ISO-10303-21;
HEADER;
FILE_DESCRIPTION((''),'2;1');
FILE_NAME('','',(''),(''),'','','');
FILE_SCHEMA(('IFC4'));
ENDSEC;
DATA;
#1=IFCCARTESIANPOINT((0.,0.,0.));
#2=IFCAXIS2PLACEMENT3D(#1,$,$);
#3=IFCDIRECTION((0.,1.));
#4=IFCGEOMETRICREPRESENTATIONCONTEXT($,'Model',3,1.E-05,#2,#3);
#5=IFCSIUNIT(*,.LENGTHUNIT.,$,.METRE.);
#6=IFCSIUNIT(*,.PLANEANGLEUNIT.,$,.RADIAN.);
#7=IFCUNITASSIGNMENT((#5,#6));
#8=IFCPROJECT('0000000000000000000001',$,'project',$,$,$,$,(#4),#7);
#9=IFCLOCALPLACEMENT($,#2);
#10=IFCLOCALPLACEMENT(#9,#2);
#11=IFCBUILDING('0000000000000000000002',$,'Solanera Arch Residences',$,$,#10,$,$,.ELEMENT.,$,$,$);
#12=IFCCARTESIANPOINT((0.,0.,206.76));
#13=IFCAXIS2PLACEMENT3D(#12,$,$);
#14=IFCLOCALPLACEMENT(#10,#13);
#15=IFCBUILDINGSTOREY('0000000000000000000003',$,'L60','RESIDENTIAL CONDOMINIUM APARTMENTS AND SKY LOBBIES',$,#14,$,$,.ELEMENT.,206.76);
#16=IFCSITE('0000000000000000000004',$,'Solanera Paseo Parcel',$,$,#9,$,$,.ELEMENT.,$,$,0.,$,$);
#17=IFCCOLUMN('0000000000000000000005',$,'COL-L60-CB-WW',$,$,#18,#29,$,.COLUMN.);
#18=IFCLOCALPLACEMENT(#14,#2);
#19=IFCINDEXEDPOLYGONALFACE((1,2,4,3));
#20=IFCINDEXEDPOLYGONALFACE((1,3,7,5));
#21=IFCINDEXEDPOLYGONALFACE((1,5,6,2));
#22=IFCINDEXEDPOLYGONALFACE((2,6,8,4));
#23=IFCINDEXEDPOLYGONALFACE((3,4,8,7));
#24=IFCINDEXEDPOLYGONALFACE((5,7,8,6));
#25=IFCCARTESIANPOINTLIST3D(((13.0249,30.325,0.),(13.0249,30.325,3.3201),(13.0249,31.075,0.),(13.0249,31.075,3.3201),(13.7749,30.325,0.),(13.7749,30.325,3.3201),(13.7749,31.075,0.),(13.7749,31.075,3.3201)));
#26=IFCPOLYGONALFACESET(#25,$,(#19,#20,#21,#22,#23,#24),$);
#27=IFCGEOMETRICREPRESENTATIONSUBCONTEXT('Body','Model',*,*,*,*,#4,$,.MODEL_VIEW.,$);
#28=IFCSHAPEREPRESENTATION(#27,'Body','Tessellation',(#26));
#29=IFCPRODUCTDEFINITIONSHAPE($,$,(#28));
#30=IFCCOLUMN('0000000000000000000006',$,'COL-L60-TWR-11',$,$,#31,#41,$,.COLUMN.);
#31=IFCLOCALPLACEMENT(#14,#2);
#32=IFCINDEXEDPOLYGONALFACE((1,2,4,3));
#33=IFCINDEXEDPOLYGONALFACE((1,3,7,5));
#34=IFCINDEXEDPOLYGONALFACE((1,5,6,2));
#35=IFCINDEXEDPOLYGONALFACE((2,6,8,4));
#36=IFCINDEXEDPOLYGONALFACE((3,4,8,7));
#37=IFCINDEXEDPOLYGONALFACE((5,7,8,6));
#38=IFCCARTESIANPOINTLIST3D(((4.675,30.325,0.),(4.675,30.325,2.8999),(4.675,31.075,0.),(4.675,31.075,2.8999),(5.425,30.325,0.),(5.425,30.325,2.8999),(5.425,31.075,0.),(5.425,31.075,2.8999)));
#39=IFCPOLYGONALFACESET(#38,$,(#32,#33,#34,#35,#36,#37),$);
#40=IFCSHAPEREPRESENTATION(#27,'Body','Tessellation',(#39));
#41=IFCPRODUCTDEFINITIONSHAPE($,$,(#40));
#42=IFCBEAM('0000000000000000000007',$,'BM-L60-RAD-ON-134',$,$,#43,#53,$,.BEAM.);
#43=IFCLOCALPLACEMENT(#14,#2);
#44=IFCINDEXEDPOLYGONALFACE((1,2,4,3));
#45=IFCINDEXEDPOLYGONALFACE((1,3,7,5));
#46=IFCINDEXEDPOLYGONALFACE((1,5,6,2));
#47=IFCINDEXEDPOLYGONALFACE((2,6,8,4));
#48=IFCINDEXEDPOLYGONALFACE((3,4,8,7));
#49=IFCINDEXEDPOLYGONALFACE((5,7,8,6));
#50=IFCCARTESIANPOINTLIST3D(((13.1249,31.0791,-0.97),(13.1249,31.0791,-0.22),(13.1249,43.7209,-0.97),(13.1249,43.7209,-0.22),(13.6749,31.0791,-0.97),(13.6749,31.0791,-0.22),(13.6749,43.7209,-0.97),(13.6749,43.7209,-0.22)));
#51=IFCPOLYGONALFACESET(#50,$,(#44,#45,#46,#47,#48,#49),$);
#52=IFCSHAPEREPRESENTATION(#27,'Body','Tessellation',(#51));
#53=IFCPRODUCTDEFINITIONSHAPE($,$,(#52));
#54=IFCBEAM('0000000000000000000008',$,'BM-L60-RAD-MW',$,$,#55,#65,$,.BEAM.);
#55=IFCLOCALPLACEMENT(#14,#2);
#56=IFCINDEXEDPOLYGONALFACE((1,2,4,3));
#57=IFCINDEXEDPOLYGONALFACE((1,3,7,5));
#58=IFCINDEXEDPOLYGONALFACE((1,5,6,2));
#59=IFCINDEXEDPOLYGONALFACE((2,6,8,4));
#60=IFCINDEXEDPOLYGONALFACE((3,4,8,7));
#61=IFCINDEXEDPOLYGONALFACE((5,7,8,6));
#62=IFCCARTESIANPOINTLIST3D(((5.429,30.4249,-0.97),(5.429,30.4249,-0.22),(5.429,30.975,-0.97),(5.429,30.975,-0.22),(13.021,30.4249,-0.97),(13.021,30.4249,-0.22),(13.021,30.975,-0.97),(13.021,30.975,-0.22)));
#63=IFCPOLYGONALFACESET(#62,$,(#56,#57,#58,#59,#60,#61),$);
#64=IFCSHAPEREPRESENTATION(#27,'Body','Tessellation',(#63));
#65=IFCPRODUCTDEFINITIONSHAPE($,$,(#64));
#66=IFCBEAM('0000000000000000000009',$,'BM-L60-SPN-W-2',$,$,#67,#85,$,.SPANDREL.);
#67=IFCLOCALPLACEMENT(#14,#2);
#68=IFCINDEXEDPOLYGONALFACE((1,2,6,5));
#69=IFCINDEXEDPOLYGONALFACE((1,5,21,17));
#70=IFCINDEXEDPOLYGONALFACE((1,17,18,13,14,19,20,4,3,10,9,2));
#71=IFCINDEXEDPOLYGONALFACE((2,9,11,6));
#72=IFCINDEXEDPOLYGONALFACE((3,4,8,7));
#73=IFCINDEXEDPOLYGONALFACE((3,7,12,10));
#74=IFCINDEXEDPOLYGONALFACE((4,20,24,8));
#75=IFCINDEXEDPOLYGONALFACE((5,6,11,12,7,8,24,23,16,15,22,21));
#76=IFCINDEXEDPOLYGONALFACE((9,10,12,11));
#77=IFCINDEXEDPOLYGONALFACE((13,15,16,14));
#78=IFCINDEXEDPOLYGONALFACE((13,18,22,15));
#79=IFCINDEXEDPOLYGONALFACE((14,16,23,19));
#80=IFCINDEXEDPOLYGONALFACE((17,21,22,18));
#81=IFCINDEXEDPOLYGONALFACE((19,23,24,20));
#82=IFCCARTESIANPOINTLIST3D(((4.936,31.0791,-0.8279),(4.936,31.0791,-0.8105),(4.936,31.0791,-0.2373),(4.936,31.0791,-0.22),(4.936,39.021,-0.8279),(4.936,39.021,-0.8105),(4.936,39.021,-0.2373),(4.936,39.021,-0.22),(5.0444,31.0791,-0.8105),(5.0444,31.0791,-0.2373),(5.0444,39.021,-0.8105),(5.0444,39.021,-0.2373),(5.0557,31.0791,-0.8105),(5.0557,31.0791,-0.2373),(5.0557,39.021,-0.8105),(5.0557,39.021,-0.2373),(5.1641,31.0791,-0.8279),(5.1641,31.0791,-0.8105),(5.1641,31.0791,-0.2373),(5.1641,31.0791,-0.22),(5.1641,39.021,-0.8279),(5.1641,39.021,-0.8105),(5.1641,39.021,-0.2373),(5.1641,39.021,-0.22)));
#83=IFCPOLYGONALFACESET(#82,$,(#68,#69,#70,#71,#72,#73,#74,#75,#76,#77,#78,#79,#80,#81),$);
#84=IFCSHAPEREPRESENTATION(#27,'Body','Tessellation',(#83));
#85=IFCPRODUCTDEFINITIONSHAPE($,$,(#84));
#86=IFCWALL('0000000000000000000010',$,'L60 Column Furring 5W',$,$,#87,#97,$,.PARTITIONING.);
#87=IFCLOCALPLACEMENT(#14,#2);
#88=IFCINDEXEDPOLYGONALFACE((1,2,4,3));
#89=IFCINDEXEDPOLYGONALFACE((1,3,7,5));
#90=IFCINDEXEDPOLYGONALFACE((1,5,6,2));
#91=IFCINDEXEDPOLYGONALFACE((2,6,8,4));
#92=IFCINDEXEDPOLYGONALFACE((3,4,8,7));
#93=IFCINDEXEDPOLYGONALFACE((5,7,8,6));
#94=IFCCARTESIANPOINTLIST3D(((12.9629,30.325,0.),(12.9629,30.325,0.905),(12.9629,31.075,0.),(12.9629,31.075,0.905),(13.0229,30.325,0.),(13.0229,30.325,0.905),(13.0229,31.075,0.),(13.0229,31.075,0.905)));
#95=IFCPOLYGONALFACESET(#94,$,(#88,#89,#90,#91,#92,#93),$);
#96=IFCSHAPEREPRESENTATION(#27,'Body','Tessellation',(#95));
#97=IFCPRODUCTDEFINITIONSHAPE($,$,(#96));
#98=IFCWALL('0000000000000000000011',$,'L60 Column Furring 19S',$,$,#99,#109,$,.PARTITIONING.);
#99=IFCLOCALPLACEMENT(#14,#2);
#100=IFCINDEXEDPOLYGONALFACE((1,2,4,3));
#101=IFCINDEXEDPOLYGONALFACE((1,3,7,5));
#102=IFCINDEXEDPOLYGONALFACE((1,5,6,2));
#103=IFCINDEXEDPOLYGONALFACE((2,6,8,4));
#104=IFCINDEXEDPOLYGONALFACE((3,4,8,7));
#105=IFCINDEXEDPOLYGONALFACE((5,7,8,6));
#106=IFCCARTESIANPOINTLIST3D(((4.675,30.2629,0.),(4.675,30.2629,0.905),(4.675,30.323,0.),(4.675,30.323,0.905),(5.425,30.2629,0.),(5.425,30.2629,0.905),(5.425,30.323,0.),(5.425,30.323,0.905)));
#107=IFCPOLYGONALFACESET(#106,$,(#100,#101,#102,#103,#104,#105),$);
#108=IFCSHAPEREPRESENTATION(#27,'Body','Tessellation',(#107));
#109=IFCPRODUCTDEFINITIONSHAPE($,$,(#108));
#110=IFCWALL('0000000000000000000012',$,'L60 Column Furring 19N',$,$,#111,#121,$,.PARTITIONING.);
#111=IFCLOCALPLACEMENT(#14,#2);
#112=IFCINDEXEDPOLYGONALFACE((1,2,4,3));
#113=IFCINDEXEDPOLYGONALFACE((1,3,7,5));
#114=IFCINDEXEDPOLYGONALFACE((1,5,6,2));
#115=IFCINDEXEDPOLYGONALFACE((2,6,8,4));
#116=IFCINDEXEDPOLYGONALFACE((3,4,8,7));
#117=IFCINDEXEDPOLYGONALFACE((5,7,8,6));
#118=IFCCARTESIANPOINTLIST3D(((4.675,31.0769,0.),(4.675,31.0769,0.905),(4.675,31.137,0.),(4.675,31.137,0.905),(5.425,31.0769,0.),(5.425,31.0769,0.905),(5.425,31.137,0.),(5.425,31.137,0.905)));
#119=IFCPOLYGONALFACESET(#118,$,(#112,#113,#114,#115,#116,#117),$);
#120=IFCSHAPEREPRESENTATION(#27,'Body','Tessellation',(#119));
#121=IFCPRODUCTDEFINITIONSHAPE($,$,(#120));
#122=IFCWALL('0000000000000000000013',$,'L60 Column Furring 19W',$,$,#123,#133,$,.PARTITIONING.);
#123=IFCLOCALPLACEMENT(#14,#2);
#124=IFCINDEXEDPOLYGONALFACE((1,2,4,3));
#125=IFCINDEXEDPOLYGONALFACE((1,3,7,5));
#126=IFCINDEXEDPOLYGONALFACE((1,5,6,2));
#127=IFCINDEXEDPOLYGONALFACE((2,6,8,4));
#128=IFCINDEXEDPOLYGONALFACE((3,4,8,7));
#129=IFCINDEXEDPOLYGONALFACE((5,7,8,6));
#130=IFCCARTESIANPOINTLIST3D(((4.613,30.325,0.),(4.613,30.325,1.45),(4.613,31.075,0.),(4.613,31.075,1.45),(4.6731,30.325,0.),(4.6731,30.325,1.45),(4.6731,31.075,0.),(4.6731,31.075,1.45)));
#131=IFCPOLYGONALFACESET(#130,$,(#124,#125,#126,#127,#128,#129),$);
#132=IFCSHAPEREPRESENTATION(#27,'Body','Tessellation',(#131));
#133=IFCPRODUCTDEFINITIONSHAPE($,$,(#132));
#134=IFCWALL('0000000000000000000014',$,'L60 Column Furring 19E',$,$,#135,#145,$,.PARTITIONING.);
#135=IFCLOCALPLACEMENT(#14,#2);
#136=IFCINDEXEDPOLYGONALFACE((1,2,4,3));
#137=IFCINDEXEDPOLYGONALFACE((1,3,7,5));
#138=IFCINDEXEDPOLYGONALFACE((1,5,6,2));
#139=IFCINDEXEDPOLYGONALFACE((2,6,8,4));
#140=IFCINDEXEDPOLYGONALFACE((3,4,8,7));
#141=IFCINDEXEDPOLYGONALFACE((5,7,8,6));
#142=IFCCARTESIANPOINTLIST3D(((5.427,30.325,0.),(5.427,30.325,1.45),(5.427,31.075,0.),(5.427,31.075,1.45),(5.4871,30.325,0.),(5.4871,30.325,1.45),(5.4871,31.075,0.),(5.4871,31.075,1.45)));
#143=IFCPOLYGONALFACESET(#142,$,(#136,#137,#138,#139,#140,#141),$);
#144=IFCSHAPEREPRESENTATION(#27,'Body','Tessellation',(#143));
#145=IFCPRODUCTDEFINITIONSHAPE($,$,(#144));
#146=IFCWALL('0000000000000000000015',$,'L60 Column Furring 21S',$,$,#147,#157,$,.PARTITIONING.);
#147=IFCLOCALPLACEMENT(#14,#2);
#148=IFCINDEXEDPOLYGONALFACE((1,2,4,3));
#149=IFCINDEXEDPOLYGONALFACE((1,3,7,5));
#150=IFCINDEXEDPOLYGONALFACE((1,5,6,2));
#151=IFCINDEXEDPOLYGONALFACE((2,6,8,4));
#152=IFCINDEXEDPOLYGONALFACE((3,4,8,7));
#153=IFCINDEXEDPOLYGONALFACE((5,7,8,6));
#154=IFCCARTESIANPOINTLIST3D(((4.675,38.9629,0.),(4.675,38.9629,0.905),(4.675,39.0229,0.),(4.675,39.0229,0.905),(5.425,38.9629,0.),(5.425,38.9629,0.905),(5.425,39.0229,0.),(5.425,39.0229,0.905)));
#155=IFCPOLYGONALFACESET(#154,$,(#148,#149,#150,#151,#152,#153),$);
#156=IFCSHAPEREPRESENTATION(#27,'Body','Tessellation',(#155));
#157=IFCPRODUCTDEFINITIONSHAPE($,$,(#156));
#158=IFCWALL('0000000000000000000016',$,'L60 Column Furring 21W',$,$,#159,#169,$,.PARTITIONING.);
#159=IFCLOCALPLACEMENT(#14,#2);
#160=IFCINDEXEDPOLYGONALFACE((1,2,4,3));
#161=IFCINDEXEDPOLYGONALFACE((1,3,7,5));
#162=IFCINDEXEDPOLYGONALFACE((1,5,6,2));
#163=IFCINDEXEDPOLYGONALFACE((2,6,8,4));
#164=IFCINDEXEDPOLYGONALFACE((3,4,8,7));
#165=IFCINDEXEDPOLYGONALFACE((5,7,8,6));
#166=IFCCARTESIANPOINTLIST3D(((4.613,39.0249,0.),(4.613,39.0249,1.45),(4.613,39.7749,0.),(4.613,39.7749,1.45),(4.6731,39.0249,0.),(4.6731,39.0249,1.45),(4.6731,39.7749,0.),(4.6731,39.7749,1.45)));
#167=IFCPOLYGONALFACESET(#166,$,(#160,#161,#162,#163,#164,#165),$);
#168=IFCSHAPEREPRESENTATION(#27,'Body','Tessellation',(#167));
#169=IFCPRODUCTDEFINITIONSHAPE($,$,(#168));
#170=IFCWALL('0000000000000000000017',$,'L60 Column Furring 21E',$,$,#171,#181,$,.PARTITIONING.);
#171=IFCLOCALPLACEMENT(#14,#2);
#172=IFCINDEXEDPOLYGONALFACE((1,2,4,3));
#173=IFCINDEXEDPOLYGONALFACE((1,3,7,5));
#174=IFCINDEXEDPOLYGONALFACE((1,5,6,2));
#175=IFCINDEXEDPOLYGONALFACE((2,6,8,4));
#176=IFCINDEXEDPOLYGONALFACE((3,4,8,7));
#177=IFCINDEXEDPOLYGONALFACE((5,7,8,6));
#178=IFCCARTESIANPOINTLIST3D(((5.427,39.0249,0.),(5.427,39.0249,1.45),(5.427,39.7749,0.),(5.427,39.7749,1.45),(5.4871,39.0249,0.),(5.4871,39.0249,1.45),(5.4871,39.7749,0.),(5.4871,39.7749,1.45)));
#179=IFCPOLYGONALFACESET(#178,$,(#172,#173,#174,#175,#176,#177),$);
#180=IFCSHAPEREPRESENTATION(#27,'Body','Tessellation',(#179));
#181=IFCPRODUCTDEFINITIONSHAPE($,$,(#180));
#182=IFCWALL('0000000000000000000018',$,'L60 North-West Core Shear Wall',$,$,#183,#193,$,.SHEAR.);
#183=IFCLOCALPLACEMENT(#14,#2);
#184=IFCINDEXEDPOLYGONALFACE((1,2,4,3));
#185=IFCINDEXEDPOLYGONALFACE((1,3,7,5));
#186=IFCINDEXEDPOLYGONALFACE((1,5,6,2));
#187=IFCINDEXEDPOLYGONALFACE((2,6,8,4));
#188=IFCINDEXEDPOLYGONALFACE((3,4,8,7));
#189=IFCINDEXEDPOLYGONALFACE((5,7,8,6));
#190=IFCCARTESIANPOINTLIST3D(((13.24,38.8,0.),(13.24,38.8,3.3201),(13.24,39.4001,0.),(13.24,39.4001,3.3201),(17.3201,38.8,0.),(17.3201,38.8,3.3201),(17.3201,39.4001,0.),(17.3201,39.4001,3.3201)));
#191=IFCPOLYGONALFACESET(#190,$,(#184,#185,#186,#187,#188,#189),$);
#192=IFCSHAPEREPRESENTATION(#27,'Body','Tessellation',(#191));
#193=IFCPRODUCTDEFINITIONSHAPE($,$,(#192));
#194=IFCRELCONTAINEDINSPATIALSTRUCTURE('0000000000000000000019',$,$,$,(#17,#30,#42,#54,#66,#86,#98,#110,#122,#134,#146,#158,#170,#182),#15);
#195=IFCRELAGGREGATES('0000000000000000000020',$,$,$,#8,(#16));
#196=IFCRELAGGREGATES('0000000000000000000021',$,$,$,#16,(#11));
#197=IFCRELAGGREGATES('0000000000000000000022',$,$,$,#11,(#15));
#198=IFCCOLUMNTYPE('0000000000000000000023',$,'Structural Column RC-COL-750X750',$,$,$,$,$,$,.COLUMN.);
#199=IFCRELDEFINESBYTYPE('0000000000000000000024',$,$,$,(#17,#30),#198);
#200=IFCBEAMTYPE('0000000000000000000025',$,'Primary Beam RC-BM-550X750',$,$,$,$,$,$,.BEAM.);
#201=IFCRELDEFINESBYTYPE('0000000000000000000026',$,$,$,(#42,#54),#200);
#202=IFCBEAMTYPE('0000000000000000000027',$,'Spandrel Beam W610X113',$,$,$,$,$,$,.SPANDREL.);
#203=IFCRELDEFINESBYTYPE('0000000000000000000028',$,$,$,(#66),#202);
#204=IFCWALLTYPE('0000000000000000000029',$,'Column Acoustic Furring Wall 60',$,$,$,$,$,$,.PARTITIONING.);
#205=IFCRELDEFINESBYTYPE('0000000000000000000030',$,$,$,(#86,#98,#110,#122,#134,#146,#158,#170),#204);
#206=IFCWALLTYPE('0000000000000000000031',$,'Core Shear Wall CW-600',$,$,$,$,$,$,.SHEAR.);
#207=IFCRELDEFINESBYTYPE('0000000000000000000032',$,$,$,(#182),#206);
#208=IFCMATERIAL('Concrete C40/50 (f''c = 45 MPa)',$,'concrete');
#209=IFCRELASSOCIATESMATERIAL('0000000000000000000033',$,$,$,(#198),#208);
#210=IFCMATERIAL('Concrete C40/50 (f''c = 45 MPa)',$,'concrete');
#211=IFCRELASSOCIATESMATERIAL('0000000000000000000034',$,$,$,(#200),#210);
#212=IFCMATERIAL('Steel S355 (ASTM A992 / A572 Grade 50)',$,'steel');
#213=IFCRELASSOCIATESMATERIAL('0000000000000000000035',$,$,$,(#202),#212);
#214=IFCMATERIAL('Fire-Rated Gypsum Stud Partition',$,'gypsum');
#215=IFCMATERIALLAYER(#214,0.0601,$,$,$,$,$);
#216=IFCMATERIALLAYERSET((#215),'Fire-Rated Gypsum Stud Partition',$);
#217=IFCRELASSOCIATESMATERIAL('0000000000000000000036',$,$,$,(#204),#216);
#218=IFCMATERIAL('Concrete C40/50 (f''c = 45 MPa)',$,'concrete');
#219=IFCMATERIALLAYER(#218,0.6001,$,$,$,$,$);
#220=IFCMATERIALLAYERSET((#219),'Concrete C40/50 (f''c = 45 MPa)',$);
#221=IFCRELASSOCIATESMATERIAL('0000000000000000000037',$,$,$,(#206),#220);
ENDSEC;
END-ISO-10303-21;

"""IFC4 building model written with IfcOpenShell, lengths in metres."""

from ifc_helpers import new_model, si_unit, direction, frame, frame_2d, origin, origin_2d, place, context, subcontext, project, spatial, rectangle, i_section, extrude, material, layer, layer_set, material_profile, profile_set, type_object, element, save


model = new_model("IFC4")

# Units and contexts
model_context = context("Model", 3, precision=1e-05, world=origin(), true_north=direction((0.0, 1.0)))
body_context = subcontext(model_context, "Body", "Model", "MODEL_VIEW")
ifc_project = project(units=[si_unit("LENGTHUNIT", "METRE"), si_unit("PLANEANGLEUNIT", "RADIAN")], contexts=[model_context])

# Site, building, storey
site_placement = place(None, origin())
site = spatial("IfcSite", under=ifc_project, at=site_placement, Name="Solanera Paseo Parcel", CompositionType="ELEMENT", RefElevation=0.0)
building_placement = place(site_placement, origin())
building = spatial("IfcBuilding", under=site, at=building_placement, Name="Solanera Arch Residences", CompositionType="ELEMENT")
storey_placement = place(building_placement, frame((0.0, 0.0, 206.76)))
storey = spatial("IfcBuildingStorey", under=building, at=storey_placement, Name="L60", Description="RESIDENTIAL CONDOMINIUM APARTMENTS AND SKY LOBBIES", CompositionType="ELEMENT", Elevation=206.76)

# Columns
ifc_material_1 = material(Name="Concrete C40/50 (f'c = 45 MPa)", Category="concrete")
ifc_material_profile_1 = material_profile(ifc_material_1, rectangle(XDim=0.75, YDim=0.75, at=origin_2d()))
ifc_profile_set_1 = profile_set([ifc_material_profile_1], Name="Concrete C40/50 (f'c = 45 MPa)")
column_type = type_object("IfcColumnType", Name="Structural Column RC-COL-750X750", PredefinedType="COLUMN", material=ifc_profile_set_1)
column_1_placement = place(storey_placement, frame((13.3999, 30.7, 0.0), z_axis=(0.0, 0.0, 1.0), x_axis=(1.0, 0.0, 0.0)))
element("IfcColumn", 1, at=column_1_placement, inside=storey, type_object=column_type, Name="COL-L60-CB-WW", PredefinedType="COLUMN", context=body_context, shape_type="SweptSolid", body=[
    extrude(rectangle(XDim=0.75, YDim=0.75, at=origin_2d()), origin(), (0.0, 0.0, 1.0), 3.3201),
])
column_2_placement = place(storey_placement, frame((5.05, 30.7, 0.0), z_axis=(0.0, 0.0, 1.0), x_axis=(1.0, 0.0, 0.0)))
element("IfcColumn", 2, at=column_2_placement, inside=storey, type_object=column_type, Name="COL-L60-TWR-11", PredefinedType="COLUMN", context=body_context, shape_type="SweptSolid", body=[
    extrude(rectangle(XDim=0.75, YDim=0.75, at=origin_2d()), origin(), (0.0, 0.0, 1.0), 2.8999),
])

# Beams
ifc_material_2 = material(Name="Concrete C40/50 (f'c = 45 MPa)", Category="concrete")
ifc_material_profile_2 = material_profile(ifc_material_2, rectangle(XDim=0.55, YDim=0.75, at=origin_2d()))
ifc_profile_set_2 = profile_set([ifc_material_profile_2], Name="Concrete C40/50 (f'c = 45 MPa)")
beam_type_1 = type_object("IfcBeamType", Name="Primary Beam RC-BM-550X750", PredefinedType="BEAM", material=ifc_profile_set_2)
beam_1_placement = place(storey_placement, frame((13.3999, 31.0791, -0.595), z_axis=(0.0, 1.0, 0.0), x_axis=(-1.0, 0.0, 0.0)))
element("IfcBeam", 3, at=beam_1_placement, inside=storey, type_object=beam_type_1, Name="BM-L60-RAD-ON-134", PredefinedType="BEAM", context=body_context, shape_type="SweptSolid", body=[
    extrude(rectangle(XDim=0.55, YDim=0.75, at=origin_2d()), origin(), (0.0, 0.0, 1.0), 12.6418),
])
beam_2_placement = place(storey_placement, frame((5.429, 30.7, -0.595), z_axis=(1.0, 0.0, 0.0), x_axis=(0.0, 1.0, 0.0)))
element("IfcBeam", 4, at=beam_2_placement, inside=storey, type_object=beam_type_1, Name="BM-L60-RAD-MW", PredefinedType="BEAM", context=body_context, shape_type="SweptSolid", body=[
    extrude(rectangle(XDim=0.55, YDim=0.75, at=origin_2d()), origin(), (0.0, 0.0, 1.0), 7.592),
])
ifc_material_3 = material(Name="Steel S355 (ASTM A992 / A572 Grade 50)", Category="steel")
ifc_material_profile_3 = material_profile(ifc_material_3, i_section(OverallWidth=0.228, OverallDepth=0.6079, WebThickness=0.0112, FlangeThickness=0.0173, at=origin_2d()))
ifc_profile_set_3 = profile_set([ifc_material_profile_3], Name="Steel S355 (ASTM A992 / A572 Grade 50)")
beam_type_2 = type_object("IfcBeamType", Name="Spandrel Beam W610X113", PredefinedType="SPANDREL", material=ifc_profile_set_3)
beam_3_placement = place(storey_placement, frame((5.05, 31.0791, -0.5239), z_axis=(0.0, 1.0, 0.0), x_axis=(-1.0, 0.0, 0.0)))
element("IfcBeam", 5, at=beam_3_placement, inside=storey, type_object=beam_type_2, Name="BM-L60-SPN-W-2", PredefinedType="SPANDREL", context=body_context, shape_type="SweptSolid", body=[
    extrude(i_section(OverallWidth=0.228, OverallDepth=0.6079, WebThickness=0.0112, FlangeThickness=0.0173, at=origin_2d()), origin(), (0.0, 0.0, 1.0), 7.9419),
])

# Walls
ifc_material_4 = material(Name="Fire-Rated Gypsum Stud Partition", Category="gypsum")
ifc_layer_1 = layer(ifc_material_4, 0.0601)
ifc_layer_set_1 = layer_set([ifc_layer_1], Name="Fire-Rated Gypsum Stud Partition")
wall_type_1 = type_object("IfcWallType", Name="Column Acoustic Furring Wall 60", PredefinedType="PARTITIONING", material=ifc_layer_set_1)
for number, where, z_axis, x_axis, name in (
    (6, (12.9929, 30.325, 0.0), (0.0, 0.0, 1.0), (0.0, 1.0, 0.0), "L60 Column Furring 5W"),
    (7, (4.675, 30.293, 0.0), (0.0, 0.0, 1.0), (1.0, 0.0, 0.0), "L60 Column Furring 19S"),
    (8, (4.675, 31.1069, 0.0), (0.0, 0.0, 1.0), (1.0, 0.0, 0.0), "L60 Column Furring 19N"),
):
    element("IfcWall", number, at=place(storey_placement, frame(where, z_axis=z_axis, x_axis=x_axis)), inside=storey, type_object=wall_type_1, Name=name, PredefinedType="PARTITIONING", context=body_context, shape_type="SweptSolid", body=[
        extrude(rectangle(XDim=0.75, YDim=0.0601, at=frame_2d((0.375, 0.0))), origin(), (0.0, 0.0, 1.0), 0.905),
    ])
for number, where, z_axis, x_axis, name in (
    (9, (4.6431, 30.325, 0.0), (0.0, 0.0, 1.0), (0.0, 1.0, 0.0), "L60 Column Furring 19W"),
    (10, (5.457, 30.325, 0.0), (0.0, 0.0, 1.0), (0.0, 1.0, 0.0), "L60 Column Furring 19E"),
):
    element("IfcWall", number, at=place(storey_placement, frame(where, z_axis=z_axis, x_axis=x_axis)), inside=storey, type_object=wall_type_1, Name=name, PredefinedType="PARTITIONING", context=body_context, shape_type="SweptSolid", body=[
        extrude(rectangle(XDim=0.75, YDim=0.0601, at=frame_2d((0.375, 0.0))), origin(), (0.0, 0.0, 1.0), 1.45),
    ])
wall_1_placement = place(storey_placement, frame((4.675, 38.9929, 0.0), z_axis=(0.0, 0.0, 1.0), x_axis=(1.0, 0.0, 0.0)))
element("IfcWall", 11, at=wall_1_placement, inside=storey, type_object=wall_type_1, Name="L60 Column Furring 21S", PredefinedType="PARTITIONING", context=body_context, shape_type="SweptSolid", body=[
    extrude(rectangle(XDim=0.75, YDim=0.0601, at=frame_2d((0.375, 0.0))), origin(), (0.0, 0.0, 1.0), 0.905),
])
for number, where, z_axis, x_axis, name in (
    (12, (4.6431, 39.0249, 0.0), (0.0, 0.0, 1.0), (0.0, 1.0, 0.0), "L60 Column Furring 21W"),
    (13, (5.457, 39.0249, 0.0), (0.0, 0.0, 1.0), (0.0, 1.0, 0.0), "L60 Column Furring 21E"),
):
    element("IfcWall", number, at=place(storey_placement, frame(where, z_axis=z_axis, x_axis=x_axis)), inside=storey, type_object=wall_type_1, Name=name, PredefinedType="PARTITIONING", context=body_context, shape_type="SweptSolid", body=[
        extrude(rectangle(XDim=0.75, YDim=0.0601, at=frame_2d((0.375, 0.0))), origin(), (0.0, 0.0, 1.0), 1.45),
    ])
ifc_material_5 = material(Name="Concrete C40/50 (f'c = 45 MPa)", Category="concrete")
ifc_layer_2 = layer(ifc_material_5, 0.6001)
ifc_layer_set_2 = layer_set([ifc_layer_2], Name="Concrete C40/50 (f'c = 45 MPa)")
wall_type_2 = type_object("IfcWallType", Name="Core Shear Wall CW-600", PredefinedType="SHEAR", material=ifc_layer_set_2)
wall_2_placement = place(storey_placement, frame((13.24, 39.1001, 0.0), z_axis=(0.0, 0.0, 1.0), x_axis=(1.0, 0.0, 0.0)))
element("IfcWall", 14, at=wall_2_placement, inside=storey, type_object=wall_type_2, Name="L60 North-West Core Shear Wall", PredefinedType="SHEAR", context=body_context, shape_type="SweptSolid", body=[
    extrude(rectangle(XDim=4.0801, YDim=0.6001, at=frame_2d((2.04, 0.0))), origin(), (0.0, 0.0, 1.0), 3.3201),
])

save(model, "model.ifc")
